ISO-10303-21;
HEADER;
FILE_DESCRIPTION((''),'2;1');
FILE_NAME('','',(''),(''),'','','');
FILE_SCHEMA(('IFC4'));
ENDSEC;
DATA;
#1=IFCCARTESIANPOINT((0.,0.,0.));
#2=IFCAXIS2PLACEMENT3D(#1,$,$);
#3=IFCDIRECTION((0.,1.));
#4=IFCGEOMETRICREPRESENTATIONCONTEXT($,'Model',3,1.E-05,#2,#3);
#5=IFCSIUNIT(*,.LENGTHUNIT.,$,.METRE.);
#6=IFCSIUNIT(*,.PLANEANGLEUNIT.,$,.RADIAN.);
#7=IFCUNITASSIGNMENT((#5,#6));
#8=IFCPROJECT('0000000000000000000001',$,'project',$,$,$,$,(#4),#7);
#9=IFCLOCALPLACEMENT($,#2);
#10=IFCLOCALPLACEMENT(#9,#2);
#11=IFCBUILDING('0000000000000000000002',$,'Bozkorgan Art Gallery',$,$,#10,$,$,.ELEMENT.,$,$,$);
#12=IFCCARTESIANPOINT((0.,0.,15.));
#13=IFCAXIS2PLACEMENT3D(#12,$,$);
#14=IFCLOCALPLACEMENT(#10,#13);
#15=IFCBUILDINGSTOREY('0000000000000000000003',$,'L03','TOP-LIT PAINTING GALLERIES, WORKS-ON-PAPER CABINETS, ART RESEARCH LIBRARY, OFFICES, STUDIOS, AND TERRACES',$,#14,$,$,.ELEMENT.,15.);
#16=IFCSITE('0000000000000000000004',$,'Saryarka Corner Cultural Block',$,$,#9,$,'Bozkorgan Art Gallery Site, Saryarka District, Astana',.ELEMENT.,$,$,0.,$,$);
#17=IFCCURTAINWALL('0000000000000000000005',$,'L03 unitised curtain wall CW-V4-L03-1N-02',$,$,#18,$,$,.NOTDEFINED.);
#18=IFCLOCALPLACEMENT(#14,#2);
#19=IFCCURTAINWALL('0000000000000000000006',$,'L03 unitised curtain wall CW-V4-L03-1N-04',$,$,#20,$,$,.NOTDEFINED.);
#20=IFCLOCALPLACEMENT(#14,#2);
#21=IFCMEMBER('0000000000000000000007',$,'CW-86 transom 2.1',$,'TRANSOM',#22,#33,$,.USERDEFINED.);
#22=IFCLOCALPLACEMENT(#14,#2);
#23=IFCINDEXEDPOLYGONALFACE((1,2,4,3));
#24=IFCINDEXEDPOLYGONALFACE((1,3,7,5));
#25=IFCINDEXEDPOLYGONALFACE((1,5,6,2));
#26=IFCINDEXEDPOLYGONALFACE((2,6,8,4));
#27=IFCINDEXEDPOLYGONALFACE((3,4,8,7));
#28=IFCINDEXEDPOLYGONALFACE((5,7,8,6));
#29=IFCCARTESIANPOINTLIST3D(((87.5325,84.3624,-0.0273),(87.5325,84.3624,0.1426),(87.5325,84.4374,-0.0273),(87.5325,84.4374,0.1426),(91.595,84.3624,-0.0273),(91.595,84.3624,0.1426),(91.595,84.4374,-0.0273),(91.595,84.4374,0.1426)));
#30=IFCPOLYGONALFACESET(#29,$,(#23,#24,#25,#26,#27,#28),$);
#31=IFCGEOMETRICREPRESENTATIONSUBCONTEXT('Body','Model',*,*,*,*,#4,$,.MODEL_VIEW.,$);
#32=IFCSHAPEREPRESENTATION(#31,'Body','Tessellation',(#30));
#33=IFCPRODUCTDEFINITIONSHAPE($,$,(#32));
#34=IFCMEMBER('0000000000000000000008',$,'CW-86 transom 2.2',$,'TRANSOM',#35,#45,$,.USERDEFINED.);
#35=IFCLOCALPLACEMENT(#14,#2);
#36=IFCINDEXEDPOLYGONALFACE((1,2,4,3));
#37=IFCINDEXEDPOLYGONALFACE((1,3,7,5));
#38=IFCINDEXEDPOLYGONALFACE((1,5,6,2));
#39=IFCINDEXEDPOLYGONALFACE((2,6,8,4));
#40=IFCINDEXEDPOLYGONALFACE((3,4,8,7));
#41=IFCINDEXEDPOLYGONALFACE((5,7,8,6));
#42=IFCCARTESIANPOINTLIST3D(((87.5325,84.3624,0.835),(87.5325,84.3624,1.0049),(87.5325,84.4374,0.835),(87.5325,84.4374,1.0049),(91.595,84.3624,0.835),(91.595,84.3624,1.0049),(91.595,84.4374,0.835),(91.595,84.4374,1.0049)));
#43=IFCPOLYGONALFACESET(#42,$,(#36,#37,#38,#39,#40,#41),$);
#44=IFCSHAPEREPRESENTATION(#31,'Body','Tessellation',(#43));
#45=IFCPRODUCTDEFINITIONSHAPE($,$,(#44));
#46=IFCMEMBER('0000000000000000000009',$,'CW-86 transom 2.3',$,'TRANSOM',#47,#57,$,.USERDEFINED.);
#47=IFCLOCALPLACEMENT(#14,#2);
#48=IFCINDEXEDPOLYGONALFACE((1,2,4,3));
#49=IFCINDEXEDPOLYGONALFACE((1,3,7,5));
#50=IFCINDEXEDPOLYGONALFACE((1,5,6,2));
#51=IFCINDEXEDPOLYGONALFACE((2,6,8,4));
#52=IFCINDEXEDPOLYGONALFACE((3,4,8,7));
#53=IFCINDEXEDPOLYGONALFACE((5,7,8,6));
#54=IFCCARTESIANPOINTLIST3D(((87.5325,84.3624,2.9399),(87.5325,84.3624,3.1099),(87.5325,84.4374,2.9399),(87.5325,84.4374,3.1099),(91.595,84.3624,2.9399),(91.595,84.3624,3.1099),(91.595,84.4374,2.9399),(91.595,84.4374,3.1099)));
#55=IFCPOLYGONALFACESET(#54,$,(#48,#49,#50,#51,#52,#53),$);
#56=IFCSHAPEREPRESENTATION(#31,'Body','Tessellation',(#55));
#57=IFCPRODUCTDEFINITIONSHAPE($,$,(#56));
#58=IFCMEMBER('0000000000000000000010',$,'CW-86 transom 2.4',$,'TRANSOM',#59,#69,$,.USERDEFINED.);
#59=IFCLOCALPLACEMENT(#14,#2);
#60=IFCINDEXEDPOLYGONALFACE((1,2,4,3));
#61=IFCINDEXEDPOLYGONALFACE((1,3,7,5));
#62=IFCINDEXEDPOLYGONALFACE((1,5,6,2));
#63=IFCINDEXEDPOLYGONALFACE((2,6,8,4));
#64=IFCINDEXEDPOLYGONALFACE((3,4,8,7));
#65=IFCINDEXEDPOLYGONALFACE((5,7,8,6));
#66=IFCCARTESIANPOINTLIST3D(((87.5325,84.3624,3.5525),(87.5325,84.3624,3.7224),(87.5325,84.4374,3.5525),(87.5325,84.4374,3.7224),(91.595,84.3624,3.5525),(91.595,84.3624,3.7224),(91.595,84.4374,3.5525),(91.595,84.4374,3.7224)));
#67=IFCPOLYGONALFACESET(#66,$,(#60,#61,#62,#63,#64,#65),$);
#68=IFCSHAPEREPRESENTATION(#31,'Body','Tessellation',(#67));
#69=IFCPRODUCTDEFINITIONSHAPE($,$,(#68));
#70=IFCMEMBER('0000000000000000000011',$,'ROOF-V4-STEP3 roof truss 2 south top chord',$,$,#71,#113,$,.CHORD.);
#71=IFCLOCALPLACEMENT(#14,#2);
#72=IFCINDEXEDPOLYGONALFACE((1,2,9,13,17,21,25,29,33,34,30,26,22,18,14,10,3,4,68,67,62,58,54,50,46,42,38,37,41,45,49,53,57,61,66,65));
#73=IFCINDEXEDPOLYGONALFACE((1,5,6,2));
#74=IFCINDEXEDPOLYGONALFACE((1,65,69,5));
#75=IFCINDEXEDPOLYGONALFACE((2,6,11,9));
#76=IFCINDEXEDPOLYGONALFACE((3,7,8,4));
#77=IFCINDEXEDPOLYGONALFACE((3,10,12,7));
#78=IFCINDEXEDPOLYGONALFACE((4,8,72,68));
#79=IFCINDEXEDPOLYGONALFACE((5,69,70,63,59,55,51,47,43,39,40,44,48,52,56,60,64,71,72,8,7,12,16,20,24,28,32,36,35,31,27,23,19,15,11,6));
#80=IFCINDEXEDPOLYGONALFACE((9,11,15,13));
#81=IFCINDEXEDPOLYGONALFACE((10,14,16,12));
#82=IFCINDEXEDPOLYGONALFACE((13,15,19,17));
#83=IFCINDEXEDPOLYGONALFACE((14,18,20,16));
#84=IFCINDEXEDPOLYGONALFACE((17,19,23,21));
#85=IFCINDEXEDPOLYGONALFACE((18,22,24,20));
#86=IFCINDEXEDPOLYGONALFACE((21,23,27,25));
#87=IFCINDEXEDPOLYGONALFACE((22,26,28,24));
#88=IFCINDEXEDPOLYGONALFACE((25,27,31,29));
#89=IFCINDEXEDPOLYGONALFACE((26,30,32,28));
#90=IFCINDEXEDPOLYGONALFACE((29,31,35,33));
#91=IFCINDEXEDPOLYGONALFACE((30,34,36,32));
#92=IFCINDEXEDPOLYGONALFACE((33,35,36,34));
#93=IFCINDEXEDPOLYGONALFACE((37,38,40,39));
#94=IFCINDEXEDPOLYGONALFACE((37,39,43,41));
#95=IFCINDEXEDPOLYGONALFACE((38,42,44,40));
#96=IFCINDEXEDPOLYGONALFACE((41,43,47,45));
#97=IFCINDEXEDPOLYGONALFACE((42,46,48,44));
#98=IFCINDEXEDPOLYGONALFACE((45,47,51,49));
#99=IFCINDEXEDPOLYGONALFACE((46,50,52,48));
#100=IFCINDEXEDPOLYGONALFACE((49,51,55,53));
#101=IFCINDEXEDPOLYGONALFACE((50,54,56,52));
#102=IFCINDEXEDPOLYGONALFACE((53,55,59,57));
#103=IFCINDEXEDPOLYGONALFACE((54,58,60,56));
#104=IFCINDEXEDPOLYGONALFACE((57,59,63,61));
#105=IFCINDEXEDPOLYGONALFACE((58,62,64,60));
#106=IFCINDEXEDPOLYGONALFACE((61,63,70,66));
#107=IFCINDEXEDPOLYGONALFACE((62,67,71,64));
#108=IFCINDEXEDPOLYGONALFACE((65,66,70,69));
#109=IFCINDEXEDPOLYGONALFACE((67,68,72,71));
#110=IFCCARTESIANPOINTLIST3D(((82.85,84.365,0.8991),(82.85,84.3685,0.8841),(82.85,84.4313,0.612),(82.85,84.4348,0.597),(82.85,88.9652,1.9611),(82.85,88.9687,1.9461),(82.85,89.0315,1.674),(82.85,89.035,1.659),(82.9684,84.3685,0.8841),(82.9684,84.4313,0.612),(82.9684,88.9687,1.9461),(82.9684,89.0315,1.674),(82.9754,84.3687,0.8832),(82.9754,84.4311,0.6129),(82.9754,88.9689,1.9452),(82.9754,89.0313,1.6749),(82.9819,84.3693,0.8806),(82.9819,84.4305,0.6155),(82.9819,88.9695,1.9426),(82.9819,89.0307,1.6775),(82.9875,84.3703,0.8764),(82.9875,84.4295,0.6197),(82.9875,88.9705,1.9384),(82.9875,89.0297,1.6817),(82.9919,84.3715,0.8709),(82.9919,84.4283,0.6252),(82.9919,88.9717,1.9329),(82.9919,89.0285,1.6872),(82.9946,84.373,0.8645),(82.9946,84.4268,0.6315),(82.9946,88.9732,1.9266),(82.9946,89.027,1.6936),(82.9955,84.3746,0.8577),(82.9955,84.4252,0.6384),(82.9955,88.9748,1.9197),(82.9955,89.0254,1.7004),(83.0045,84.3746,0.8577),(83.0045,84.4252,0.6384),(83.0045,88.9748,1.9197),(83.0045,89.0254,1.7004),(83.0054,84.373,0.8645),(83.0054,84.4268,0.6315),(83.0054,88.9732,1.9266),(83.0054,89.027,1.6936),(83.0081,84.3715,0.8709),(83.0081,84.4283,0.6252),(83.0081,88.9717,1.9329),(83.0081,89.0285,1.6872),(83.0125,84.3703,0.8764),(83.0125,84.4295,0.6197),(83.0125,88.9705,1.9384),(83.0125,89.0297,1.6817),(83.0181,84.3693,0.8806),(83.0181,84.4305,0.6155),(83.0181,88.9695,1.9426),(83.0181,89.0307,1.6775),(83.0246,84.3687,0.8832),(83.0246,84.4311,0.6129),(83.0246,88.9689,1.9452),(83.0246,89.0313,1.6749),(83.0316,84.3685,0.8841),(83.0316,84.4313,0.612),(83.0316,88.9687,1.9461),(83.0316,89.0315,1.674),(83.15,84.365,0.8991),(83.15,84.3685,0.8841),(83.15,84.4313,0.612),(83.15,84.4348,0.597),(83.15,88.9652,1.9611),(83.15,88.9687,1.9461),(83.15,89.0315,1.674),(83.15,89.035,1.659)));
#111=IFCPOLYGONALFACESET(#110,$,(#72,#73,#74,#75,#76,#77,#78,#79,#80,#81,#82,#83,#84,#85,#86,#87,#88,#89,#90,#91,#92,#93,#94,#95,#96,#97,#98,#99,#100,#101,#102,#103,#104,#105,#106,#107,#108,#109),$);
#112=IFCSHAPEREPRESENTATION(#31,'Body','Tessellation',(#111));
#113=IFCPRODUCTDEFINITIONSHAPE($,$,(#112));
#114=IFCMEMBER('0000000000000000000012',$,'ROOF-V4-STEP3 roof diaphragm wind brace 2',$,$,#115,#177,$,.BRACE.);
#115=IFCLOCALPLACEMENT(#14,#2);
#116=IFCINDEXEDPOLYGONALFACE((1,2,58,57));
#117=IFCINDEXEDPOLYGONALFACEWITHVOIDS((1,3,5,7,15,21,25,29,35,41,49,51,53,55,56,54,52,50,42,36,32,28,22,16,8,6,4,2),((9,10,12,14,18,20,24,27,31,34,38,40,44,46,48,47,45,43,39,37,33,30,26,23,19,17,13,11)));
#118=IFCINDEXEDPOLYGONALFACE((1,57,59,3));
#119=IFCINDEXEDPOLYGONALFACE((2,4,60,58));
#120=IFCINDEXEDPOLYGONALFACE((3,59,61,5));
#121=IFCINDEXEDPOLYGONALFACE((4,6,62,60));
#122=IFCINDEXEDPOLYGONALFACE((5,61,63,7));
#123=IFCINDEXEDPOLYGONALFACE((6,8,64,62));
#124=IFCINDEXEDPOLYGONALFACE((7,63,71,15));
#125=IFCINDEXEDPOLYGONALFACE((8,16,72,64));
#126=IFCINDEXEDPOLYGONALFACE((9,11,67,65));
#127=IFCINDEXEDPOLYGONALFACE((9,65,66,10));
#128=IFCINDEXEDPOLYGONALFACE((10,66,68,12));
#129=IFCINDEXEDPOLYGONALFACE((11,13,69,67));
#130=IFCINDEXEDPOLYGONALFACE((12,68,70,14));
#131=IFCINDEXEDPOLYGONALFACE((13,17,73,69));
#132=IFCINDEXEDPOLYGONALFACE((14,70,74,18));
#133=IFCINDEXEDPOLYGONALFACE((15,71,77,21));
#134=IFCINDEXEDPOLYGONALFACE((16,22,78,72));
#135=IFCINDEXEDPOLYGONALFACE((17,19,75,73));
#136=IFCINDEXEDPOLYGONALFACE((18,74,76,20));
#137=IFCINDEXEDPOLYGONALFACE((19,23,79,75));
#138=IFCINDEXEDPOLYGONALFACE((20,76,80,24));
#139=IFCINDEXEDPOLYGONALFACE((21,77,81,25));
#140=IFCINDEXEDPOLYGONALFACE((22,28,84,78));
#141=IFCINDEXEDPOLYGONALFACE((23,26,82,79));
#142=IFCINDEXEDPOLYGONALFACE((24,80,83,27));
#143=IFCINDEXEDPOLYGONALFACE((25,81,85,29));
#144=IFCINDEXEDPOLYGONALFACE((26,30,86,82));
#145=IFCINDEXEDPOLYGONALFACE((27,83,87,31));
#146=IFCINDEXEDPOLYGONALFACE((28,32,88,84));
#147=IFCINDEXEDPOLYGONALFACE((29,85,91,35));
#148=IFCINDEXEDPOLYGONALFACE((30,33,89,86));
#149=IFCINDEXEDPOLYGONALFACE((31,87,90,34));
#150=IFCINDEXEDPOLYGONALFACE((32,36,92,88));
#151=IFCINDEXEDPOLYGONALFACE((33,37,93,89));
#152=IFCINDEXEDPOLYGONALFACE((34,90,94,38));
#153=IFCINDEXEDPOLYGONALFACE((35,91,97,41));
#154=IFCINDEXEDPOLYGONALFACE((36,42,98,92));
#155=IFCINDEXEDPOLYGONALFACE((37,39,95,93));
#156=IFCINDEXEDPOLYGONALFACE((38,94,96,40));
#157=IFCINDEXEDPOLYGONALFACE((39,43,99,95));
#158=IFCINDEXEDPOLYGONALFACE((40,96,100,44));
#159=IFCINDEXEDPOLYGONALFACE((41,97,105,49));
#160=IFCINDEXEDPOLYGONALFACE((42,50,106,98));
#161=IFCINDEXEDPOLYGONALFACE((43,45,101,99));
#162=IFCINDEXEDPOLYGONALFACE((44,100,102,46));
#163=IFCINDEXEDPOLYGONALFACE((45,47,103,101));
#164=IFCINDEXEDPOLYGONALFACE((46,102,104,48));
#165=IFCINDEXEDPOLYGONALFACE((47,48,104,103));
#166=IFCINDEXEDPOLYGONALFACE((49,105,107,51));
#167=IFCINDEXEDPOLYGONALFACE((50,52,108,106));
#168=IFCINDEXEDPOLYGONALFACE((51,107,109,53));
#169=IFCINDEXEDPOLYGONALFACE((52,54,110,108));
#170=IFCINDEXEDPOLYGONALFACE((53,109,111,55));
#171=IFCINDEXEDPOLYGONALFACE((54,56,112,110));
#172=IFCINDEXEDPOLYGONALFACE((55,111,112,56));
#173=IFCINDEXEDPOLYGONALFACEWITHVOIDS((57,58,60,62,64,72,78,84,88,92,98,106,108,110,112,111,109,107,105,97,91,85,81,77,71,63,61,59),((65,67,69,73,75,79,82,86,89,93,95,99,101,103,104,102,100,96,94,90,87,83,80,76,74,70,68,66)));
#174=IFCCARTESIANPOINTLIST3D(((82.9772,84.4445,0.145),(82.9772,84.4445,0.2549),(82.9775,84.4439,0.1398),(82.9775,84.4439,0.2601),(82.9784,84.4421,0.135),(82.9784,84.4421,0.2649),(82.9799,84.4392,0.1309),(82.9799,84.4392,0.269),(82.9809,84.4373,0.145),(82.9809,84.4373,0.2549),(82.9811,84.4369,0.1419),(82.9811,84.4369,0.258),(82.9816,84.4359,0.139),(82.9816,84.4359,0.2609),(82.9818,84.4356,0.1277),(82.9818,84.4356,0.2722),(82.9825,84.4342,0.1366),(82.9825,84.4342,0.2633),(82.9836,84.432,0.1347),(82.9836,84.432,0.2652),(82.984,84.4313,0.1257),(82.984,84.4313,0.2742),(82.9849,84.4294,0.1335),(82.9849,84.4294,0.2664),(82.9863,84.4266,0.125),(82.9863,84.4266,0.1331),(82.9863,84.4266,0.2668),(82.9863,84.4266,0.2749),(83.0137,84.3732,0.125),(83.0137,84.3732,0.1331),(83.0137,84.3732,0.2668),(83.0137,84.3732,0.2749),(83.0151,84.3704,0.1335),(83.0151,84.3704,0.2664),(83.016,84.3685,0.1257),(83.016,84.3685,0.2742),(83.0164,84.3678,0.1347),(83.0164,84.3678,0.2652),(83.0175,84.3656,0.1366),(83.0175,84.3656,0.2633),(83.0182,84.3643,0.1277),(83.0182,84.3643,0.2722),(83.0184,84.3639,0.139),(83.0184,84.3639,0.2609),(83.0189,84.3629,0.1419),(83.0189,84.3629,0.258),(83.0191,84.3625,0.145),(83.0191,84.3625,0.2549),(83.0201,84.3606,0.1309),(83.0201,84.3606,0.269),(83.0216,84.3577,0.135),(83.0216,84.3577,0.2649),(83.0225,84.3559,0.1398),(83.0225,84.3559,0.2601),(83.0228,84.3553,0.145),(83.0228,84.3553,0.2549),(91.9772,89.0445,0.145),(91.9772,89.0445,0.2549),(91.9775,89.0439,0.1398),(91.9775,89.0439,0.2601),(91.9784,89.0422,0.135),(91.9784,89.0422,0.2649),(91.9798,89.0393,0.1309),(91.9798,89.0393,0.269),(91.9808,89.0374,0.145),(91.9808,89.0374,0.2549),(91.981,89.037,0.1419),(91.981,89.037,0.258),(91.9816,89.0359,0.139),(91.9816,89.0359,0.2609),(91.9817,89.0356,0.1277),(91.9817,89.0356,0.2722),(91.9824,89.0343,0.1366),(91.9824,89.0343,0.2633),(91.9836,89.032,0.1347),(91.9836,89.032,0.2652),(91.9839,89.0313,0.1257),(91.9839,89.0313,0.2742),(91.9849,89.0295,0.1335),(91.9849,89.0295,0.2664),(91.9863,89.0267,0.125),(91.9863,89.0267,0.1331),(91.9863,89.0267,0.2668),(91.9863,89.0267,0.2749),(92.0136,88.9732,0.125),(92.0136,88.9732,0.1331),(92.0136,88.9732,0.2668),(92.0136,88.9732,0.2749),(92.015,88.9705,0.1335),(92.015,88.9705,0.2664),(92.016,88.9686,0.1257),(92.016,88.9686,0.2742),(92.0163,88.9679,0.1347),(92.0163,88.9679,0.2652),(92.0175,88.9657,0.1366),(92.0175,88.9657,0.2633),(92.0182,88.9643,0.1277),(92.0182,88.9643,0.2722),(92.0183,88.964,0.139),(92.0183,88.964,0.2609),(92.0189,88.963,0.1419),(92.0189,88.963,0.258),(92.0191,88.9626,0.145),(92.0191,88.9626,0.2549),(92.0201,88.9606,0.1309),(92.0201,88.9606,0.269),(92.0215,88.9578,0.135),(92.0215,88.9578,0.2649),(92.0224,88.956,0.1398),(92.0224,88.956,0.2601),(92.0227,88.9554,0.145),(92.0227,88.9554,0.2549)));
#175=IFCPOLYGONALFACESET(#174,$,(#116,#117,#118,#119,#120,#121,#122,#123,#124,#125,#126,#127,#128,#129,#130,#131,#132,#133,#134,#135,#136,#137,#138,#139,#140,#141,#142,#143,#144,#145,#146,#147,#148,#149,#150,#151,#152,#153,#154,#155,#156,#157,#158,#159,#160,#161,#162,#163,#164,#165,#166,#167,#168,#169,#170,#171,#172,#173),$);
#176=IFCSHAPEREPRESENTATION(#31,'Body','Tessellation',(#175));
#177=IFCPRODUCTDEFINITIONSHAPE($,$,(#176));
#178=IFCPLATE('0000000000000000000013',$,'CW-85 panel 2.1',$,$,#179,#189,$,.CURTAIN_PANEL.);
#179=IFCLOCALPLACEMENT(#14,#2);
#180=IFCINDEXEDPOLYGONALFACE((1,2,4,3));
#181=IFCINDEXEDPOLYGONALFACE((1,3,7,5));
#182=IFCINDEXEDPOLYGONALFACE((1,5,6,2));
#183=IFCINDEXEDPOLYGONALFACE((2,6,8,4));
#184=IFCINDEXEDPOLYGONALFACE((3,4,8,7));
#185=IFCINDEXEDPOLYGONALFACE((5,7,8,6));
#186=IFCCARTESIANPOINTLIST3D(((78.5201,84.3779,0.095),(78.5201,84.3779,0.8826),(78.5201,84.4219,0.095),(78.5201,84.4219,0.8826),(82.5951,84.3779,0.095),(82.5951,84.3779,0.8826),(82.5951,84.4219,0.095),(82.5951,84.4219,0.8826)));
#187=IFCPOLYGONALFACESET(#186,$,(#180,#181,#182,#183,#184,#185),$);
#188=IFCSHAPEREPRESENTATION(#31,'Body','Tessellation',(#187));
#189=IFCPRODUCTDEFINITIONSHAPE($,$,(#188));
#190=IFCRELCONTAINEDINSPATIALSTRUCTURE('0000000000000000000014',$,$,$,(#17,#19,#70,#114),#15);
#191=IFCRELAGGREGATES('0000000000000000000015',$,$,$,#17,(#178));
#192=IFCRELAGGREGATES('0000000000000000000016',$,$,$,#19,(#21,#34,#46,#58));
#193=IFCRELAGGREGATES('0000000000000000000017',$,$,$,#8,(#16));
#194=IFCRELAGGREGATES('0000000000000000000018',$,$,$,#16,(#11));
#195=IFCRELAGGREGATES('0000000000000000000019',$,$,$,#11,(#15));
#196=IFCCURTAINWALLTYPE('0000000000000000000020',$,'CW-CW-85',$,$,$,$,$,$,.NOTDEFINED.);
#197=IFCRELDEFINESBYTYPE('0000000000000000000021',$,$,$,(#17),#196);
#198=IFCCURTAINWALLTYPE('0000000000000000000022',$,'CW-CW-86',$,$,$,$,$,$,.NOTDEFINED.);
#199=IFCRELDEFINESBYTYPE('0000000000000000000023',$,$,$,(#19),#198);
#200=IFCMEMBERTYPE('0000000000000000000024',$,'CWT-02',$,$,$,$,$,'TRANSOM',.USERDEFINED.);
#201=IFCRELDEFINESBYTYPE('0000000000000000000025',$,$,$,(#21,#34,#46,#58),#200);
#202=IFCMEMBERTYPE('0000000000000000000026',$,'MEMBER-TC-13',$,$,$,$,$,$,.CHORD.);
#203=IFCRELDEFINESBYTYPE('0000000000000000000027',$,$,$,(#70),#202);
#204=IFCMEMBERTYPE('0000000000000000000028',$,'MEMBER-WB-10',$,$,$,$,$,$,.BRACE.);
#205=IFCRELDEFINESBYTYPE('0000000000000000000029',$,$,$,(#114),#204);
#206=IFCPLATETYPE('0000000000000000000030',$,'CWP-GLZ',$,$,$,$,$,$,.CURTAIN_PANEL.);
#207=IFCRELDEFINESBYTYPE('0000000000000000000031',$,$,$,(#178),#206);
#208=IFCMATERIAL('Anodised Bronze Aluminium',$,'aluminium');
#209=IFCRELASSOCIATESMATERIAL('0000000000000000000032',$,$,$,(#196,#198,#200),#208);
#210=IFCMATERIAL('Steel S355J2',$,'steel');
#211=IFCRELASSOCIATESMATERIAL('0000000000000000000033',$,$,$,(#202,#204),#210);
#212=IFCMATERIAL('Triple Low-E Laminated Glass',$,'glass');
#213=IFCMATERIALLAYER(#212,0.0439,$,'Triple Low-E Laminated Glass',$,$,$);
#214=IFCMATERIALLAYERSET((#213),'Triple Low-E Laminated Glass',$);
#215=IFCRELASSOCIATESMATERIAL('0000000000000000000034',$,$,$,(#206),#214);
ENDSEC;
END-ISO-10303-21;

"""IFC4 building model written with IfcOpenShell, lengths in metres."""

from ifc_helpers import new_model, si_unit, direction, frame, origin, origin_2d, place, context, subcontext, project, spatial, rectangle, hollow_rectangle, i_section, extrude, material, layer, layer_set, material_profile, profile_set, type_object, element, aggregate, save


model = new_model("IFC4")

# Units and contexts
model_context = context("Model", 3, precision=1e-05, world=origin(), true_north=direction((0.0, 1.0)))
body_context = subcontext(model_context, "Body", "Model", "MODEL_VIEW")
ifc_project = project(units=[si_unit("LENGTHUNIT", "METRE"), si_unit("PLANEANGLEUNIT", "RADIAN")], contexts=[model_context])

# Site, building, storey
site_placement = place(None, origin())
site = spatial("IfcSite", under=ifc_project, at=site_placement, Name="Saryarka Corner Cultural Block", LongName="Bozkorgan Art Gallery Site, Saryarka District, Astana", CompositionType="ELEMENT", RefElevation=0.0)
building_placement = place(site_placement, origin())
building = spatial("IfcBuilding", under=site, at=building_placement, Name="Bozkorgan Art Gallery", CompositionType="ELEMENT")
storey_placement = place(building_placement, frame((0.0, 0.0, 15.0)))
storey = spatial("IfcBuildingStorey", under=building, at=storey_placement, Name="L03", Description="TOP-LIT PAINTING GALLERIES, WORKS-ON-PAPER CABINETS, ART RESEARCH LIBRARY, OFFICES, STUDIOS, AND TERRACES", CompositionType="ELEMENT", Elevation=15.0)

# Shared definitions
ifc_material_1 = material(Name="Steel S355J2", Category="steel")

# Curtain wall
ifc_material_2 = material(Name="Anodised Bronze Aluminium", Category="aluminium")
curtain_wall_type_1 = type_object("IfcCurtainWallType", Name="CW-CW-85", PredefinedType="NOTDEFINED", material=ifc_material_2)
curtain_wall_1_placement = place(storey_placement, origin())
curtain_wall_1 = element("IfcCurtainWall", 1, at=curtain_wall_1_placement, inside=storey, type_object=curtain_wall_type_1, Name="L03 unitised curtain wall CW-V4-L03-1N-02", PredefinedType="NOTDEFINED")

# Curtain wall, members
curtain_wall_type_2 = type_object("IfcCurtainWallType", Name="CW-CW-86", PredefinedType="NOTDEFINED", material=ifc_material_2)
curtain_wall_2_placement = place(storey_placement, origin())
curtain_wall_2 = element("IfcCurtainWall", 2, at=curtain_wall_2_placement, inside=storey, type_object=curtain_wall_type_2, Name="L03 unitised curtain wall CW-V4-L03-1N-04", PredefinedType="NOTDEFINED")
ifc_material_profile_1 = material_profile(ifc_material_2, rectangle(XDim=0.075, YDim=0.1699, at=origin_2d()), Name="ALU TRANSOM 75x170")
ifc_profile_set_1 = profile_set([ifc_material_profile_1], Name="Anodised Bronze Aluminium")
member_type_1 = type_object("IfcMemberType", Name="CWT-02", ElementType="TRANSOM", PredefinedType="USERDEFINED", material=ifc_profile_set_1)
member_1_placement = place(storey_placement, frame((87.5325, 84.3999, 0.0576), z_axis=(1.0, 0.0, 0.0), x_axis=(0.0, 1.0, 0.0)))
member_1 = element("IfcMember", 3, at=member_1_placement, type_object=member_type_1, Name="CW-86 transom 2.1", ObjectType="TRANSOM", PredefinedType="USERDEFINED", context=body_context, shape_type="SweptSolid", body=[
    extrude(rectangle(XDim=0.075, YDim=0.1699, at=origin_2d()), origin(), (0.0, 0.0, 1.0), 4.0625),
])
member_2_placement = place(storey_placement, frame((87.5325, 84.3999, 0.9199), z_axis=(1.0, 0.0, 0.0), x_axis=(0.0, 1.0, 0.0)))
member_2 = element("IfcMember", 4, at=member_2_placement, type_object=member_type_1, Name="CW-86 transom 2.2", ObjectType="TRANSOM", PredefinedType="USERDEFINED", context=body_context, shape_type="SweptSolid", body=[
    extrude(rectangle(XDim=0.075, YDim=0.1699, at=origin_2d()), origin(), (0.0, 0.0, 1.0), 4.0625),
])
member_3_placement = place(storey_placement, frame((87.5325, 84.3999, 3.0249), z_axis=(1.0, 0.0, 0.0), x_axis=(0.0, 1.0, 0.0)))
member_3 = element("IfcMember", 5, at=member_3_placement, type_object=member_type_1, Name="CW-86 transom 2.3", ObjectType="TRANSOM", PredefinedType="USERDEFINED", context=body_context, shape_type="SweptSolid", body=[
    extrude(rectangle(XDim=0.075, YDim=0.1699, at=origin_2d()), origin(), (0.0, 0.0, 1.0), 4.0625),
])
member_4_placement = place(storey_placement, frame((87.5325, 84.3999, 3.6375), z_axis=(1.0, 0.0, 0.0), x_axis=(0.0, 1.0, 0.0)))
member_4 = element("IfcMember", 6, at=member_4_placement, type_object=member_type_1, Name="CW-86 transom 2.4", ObjectType="TRANSOM", PredefinedType="USERDEFINED", context=body_context, shape_type="SweptSolid", body=[
    extrude(rectangle(XDim=0.075, YDim=0.1699, at=origin_2d()), origin(), (0.0, 0.0, 1.0), 4.0625),
])

# Members
ifc_material_profile_2 = material_profile(ifc_material_1, i_section(OverallWidth=0.3, OverallDepth=0.3101, WebThickness=0.009, FlangeThickness=0.0154, FilletRadius=0.0271, at=origin_2d()), Name="HEA 320")
ifc_profile_set_2 = profile_set([ifc_material_profile_2], Name="Steel S355J2")
member_type_2 = type_object("IfcMemberType", Name="MEMBER-TC-13", PredefinedType="CHORD", material=ifc_profile_set_2)
member_5_placement = place(storey_placement, frame((83.0, 84.3999, 0.748), z_axis=(0.0, 0.97437, 0.22495), x_axis=(-1.0, 0.0, 0.0)))
element("IfcMember", 7, at=member_5_placement, inside=storey, type_object=member_type_2, Name="ROOF-V4-STEP3 roof truss 2 south top chord", PredefinedType="CHORD", context=body_context, shape_type="SweptSolid", body=[
    extrude(i_section(OverallWidth=0.3, OverallDepth=0.3101, WebThickness=0.009, FlangeThickness=0.0154, FilletRadius=0.0271, at=origin_2d()), origin(), (0.0, 0.0, 1.0), 4.7212),
])
ifc_material_profile_3 = material_profile(ifc_material_1, hollow_rectangle(XDim=0.1001, YDim=0.1499, WallThickness=0.0081, InnerFilletRadius=0.012, OuterFilletRadius=0.02, at=origin_2d()), Name="RHS 150x100x8")
ifc_profile_set_3 = profile_set([ifc_material_profile_3], Name="Steel S355J2")
member_type_3 = type_object("IfcMemberType", Name="MEMBER-WB-10", PredefinedType="BRACE", material=ifc_profile_set_3)
member_6_placement = place(storey_placement, frame((83.0, 84.3999, 0.2), z_axis=(0.890431, 0.455119, 0.0), x_axis=(-0.455119, 0.890431, 0.0)))
element("IfcMember", 8, at=member_6_placement, inside=storey, type_object=member_type_3, Name="ROOF-V4-STEP3 roof diaphragm wind brace 2", PredefinedType="BRACE", context=body_context, shape_type="SweptSolid", body=[
    extrude(hollow_rectangle(XDim=0.1001, YDim=0.1499, WallThickness=0.0081, InnerFilletRadius=0.012, OuterFilletRadius=0.02, at=origin_2d()), origin(), (0.0, 0.0, 1.0), 10.1074),
])

# Plate
ifc_material_3 = material(Name="Triple Low-E Laminated Glass", Category="glass")
ifc_layer_1 = layer(ifc_material_3, 0.0439, Name="Triple Low-E Laminated Glass")
ifc_layer_set_1 = layer_set([ifc_layer_1], Name="Triple Low-E Laminated Glass")
plate_type_1 = type_object("IfcPlateType", Name="CWP-GLZ", PredefinedType="CURTAIN_PANEL", material=ifc_layer_set_1)
plate_1_placement = place(storey_placement, frame((80.5576, 84.3999, 0.095), z_axis=(0.0, 0.0, 1.0), x_axis=(1.0, 0.0, 0.0)))
plate_1 = element("IfcPlate", 9, at=plate_1_placement, type_object=plate_type_1, Name="CW-85 panel 2.1", PredefinedType="CURTAIN_PANEL", context=body_context, shape_type="SweptSolid", body=[
    extrude(rectangle(XDim=4.075, YDim=0.0439, at=origin_2d()), origin(), (0.0, 0.0, 1.0), 0.7876),
])
aggregate(curtain_wall_1, [plate_1])
aggregate(curtain_wall_2, [member_1, member_2, member_3, member_4])

save(model, "model.ifc")
